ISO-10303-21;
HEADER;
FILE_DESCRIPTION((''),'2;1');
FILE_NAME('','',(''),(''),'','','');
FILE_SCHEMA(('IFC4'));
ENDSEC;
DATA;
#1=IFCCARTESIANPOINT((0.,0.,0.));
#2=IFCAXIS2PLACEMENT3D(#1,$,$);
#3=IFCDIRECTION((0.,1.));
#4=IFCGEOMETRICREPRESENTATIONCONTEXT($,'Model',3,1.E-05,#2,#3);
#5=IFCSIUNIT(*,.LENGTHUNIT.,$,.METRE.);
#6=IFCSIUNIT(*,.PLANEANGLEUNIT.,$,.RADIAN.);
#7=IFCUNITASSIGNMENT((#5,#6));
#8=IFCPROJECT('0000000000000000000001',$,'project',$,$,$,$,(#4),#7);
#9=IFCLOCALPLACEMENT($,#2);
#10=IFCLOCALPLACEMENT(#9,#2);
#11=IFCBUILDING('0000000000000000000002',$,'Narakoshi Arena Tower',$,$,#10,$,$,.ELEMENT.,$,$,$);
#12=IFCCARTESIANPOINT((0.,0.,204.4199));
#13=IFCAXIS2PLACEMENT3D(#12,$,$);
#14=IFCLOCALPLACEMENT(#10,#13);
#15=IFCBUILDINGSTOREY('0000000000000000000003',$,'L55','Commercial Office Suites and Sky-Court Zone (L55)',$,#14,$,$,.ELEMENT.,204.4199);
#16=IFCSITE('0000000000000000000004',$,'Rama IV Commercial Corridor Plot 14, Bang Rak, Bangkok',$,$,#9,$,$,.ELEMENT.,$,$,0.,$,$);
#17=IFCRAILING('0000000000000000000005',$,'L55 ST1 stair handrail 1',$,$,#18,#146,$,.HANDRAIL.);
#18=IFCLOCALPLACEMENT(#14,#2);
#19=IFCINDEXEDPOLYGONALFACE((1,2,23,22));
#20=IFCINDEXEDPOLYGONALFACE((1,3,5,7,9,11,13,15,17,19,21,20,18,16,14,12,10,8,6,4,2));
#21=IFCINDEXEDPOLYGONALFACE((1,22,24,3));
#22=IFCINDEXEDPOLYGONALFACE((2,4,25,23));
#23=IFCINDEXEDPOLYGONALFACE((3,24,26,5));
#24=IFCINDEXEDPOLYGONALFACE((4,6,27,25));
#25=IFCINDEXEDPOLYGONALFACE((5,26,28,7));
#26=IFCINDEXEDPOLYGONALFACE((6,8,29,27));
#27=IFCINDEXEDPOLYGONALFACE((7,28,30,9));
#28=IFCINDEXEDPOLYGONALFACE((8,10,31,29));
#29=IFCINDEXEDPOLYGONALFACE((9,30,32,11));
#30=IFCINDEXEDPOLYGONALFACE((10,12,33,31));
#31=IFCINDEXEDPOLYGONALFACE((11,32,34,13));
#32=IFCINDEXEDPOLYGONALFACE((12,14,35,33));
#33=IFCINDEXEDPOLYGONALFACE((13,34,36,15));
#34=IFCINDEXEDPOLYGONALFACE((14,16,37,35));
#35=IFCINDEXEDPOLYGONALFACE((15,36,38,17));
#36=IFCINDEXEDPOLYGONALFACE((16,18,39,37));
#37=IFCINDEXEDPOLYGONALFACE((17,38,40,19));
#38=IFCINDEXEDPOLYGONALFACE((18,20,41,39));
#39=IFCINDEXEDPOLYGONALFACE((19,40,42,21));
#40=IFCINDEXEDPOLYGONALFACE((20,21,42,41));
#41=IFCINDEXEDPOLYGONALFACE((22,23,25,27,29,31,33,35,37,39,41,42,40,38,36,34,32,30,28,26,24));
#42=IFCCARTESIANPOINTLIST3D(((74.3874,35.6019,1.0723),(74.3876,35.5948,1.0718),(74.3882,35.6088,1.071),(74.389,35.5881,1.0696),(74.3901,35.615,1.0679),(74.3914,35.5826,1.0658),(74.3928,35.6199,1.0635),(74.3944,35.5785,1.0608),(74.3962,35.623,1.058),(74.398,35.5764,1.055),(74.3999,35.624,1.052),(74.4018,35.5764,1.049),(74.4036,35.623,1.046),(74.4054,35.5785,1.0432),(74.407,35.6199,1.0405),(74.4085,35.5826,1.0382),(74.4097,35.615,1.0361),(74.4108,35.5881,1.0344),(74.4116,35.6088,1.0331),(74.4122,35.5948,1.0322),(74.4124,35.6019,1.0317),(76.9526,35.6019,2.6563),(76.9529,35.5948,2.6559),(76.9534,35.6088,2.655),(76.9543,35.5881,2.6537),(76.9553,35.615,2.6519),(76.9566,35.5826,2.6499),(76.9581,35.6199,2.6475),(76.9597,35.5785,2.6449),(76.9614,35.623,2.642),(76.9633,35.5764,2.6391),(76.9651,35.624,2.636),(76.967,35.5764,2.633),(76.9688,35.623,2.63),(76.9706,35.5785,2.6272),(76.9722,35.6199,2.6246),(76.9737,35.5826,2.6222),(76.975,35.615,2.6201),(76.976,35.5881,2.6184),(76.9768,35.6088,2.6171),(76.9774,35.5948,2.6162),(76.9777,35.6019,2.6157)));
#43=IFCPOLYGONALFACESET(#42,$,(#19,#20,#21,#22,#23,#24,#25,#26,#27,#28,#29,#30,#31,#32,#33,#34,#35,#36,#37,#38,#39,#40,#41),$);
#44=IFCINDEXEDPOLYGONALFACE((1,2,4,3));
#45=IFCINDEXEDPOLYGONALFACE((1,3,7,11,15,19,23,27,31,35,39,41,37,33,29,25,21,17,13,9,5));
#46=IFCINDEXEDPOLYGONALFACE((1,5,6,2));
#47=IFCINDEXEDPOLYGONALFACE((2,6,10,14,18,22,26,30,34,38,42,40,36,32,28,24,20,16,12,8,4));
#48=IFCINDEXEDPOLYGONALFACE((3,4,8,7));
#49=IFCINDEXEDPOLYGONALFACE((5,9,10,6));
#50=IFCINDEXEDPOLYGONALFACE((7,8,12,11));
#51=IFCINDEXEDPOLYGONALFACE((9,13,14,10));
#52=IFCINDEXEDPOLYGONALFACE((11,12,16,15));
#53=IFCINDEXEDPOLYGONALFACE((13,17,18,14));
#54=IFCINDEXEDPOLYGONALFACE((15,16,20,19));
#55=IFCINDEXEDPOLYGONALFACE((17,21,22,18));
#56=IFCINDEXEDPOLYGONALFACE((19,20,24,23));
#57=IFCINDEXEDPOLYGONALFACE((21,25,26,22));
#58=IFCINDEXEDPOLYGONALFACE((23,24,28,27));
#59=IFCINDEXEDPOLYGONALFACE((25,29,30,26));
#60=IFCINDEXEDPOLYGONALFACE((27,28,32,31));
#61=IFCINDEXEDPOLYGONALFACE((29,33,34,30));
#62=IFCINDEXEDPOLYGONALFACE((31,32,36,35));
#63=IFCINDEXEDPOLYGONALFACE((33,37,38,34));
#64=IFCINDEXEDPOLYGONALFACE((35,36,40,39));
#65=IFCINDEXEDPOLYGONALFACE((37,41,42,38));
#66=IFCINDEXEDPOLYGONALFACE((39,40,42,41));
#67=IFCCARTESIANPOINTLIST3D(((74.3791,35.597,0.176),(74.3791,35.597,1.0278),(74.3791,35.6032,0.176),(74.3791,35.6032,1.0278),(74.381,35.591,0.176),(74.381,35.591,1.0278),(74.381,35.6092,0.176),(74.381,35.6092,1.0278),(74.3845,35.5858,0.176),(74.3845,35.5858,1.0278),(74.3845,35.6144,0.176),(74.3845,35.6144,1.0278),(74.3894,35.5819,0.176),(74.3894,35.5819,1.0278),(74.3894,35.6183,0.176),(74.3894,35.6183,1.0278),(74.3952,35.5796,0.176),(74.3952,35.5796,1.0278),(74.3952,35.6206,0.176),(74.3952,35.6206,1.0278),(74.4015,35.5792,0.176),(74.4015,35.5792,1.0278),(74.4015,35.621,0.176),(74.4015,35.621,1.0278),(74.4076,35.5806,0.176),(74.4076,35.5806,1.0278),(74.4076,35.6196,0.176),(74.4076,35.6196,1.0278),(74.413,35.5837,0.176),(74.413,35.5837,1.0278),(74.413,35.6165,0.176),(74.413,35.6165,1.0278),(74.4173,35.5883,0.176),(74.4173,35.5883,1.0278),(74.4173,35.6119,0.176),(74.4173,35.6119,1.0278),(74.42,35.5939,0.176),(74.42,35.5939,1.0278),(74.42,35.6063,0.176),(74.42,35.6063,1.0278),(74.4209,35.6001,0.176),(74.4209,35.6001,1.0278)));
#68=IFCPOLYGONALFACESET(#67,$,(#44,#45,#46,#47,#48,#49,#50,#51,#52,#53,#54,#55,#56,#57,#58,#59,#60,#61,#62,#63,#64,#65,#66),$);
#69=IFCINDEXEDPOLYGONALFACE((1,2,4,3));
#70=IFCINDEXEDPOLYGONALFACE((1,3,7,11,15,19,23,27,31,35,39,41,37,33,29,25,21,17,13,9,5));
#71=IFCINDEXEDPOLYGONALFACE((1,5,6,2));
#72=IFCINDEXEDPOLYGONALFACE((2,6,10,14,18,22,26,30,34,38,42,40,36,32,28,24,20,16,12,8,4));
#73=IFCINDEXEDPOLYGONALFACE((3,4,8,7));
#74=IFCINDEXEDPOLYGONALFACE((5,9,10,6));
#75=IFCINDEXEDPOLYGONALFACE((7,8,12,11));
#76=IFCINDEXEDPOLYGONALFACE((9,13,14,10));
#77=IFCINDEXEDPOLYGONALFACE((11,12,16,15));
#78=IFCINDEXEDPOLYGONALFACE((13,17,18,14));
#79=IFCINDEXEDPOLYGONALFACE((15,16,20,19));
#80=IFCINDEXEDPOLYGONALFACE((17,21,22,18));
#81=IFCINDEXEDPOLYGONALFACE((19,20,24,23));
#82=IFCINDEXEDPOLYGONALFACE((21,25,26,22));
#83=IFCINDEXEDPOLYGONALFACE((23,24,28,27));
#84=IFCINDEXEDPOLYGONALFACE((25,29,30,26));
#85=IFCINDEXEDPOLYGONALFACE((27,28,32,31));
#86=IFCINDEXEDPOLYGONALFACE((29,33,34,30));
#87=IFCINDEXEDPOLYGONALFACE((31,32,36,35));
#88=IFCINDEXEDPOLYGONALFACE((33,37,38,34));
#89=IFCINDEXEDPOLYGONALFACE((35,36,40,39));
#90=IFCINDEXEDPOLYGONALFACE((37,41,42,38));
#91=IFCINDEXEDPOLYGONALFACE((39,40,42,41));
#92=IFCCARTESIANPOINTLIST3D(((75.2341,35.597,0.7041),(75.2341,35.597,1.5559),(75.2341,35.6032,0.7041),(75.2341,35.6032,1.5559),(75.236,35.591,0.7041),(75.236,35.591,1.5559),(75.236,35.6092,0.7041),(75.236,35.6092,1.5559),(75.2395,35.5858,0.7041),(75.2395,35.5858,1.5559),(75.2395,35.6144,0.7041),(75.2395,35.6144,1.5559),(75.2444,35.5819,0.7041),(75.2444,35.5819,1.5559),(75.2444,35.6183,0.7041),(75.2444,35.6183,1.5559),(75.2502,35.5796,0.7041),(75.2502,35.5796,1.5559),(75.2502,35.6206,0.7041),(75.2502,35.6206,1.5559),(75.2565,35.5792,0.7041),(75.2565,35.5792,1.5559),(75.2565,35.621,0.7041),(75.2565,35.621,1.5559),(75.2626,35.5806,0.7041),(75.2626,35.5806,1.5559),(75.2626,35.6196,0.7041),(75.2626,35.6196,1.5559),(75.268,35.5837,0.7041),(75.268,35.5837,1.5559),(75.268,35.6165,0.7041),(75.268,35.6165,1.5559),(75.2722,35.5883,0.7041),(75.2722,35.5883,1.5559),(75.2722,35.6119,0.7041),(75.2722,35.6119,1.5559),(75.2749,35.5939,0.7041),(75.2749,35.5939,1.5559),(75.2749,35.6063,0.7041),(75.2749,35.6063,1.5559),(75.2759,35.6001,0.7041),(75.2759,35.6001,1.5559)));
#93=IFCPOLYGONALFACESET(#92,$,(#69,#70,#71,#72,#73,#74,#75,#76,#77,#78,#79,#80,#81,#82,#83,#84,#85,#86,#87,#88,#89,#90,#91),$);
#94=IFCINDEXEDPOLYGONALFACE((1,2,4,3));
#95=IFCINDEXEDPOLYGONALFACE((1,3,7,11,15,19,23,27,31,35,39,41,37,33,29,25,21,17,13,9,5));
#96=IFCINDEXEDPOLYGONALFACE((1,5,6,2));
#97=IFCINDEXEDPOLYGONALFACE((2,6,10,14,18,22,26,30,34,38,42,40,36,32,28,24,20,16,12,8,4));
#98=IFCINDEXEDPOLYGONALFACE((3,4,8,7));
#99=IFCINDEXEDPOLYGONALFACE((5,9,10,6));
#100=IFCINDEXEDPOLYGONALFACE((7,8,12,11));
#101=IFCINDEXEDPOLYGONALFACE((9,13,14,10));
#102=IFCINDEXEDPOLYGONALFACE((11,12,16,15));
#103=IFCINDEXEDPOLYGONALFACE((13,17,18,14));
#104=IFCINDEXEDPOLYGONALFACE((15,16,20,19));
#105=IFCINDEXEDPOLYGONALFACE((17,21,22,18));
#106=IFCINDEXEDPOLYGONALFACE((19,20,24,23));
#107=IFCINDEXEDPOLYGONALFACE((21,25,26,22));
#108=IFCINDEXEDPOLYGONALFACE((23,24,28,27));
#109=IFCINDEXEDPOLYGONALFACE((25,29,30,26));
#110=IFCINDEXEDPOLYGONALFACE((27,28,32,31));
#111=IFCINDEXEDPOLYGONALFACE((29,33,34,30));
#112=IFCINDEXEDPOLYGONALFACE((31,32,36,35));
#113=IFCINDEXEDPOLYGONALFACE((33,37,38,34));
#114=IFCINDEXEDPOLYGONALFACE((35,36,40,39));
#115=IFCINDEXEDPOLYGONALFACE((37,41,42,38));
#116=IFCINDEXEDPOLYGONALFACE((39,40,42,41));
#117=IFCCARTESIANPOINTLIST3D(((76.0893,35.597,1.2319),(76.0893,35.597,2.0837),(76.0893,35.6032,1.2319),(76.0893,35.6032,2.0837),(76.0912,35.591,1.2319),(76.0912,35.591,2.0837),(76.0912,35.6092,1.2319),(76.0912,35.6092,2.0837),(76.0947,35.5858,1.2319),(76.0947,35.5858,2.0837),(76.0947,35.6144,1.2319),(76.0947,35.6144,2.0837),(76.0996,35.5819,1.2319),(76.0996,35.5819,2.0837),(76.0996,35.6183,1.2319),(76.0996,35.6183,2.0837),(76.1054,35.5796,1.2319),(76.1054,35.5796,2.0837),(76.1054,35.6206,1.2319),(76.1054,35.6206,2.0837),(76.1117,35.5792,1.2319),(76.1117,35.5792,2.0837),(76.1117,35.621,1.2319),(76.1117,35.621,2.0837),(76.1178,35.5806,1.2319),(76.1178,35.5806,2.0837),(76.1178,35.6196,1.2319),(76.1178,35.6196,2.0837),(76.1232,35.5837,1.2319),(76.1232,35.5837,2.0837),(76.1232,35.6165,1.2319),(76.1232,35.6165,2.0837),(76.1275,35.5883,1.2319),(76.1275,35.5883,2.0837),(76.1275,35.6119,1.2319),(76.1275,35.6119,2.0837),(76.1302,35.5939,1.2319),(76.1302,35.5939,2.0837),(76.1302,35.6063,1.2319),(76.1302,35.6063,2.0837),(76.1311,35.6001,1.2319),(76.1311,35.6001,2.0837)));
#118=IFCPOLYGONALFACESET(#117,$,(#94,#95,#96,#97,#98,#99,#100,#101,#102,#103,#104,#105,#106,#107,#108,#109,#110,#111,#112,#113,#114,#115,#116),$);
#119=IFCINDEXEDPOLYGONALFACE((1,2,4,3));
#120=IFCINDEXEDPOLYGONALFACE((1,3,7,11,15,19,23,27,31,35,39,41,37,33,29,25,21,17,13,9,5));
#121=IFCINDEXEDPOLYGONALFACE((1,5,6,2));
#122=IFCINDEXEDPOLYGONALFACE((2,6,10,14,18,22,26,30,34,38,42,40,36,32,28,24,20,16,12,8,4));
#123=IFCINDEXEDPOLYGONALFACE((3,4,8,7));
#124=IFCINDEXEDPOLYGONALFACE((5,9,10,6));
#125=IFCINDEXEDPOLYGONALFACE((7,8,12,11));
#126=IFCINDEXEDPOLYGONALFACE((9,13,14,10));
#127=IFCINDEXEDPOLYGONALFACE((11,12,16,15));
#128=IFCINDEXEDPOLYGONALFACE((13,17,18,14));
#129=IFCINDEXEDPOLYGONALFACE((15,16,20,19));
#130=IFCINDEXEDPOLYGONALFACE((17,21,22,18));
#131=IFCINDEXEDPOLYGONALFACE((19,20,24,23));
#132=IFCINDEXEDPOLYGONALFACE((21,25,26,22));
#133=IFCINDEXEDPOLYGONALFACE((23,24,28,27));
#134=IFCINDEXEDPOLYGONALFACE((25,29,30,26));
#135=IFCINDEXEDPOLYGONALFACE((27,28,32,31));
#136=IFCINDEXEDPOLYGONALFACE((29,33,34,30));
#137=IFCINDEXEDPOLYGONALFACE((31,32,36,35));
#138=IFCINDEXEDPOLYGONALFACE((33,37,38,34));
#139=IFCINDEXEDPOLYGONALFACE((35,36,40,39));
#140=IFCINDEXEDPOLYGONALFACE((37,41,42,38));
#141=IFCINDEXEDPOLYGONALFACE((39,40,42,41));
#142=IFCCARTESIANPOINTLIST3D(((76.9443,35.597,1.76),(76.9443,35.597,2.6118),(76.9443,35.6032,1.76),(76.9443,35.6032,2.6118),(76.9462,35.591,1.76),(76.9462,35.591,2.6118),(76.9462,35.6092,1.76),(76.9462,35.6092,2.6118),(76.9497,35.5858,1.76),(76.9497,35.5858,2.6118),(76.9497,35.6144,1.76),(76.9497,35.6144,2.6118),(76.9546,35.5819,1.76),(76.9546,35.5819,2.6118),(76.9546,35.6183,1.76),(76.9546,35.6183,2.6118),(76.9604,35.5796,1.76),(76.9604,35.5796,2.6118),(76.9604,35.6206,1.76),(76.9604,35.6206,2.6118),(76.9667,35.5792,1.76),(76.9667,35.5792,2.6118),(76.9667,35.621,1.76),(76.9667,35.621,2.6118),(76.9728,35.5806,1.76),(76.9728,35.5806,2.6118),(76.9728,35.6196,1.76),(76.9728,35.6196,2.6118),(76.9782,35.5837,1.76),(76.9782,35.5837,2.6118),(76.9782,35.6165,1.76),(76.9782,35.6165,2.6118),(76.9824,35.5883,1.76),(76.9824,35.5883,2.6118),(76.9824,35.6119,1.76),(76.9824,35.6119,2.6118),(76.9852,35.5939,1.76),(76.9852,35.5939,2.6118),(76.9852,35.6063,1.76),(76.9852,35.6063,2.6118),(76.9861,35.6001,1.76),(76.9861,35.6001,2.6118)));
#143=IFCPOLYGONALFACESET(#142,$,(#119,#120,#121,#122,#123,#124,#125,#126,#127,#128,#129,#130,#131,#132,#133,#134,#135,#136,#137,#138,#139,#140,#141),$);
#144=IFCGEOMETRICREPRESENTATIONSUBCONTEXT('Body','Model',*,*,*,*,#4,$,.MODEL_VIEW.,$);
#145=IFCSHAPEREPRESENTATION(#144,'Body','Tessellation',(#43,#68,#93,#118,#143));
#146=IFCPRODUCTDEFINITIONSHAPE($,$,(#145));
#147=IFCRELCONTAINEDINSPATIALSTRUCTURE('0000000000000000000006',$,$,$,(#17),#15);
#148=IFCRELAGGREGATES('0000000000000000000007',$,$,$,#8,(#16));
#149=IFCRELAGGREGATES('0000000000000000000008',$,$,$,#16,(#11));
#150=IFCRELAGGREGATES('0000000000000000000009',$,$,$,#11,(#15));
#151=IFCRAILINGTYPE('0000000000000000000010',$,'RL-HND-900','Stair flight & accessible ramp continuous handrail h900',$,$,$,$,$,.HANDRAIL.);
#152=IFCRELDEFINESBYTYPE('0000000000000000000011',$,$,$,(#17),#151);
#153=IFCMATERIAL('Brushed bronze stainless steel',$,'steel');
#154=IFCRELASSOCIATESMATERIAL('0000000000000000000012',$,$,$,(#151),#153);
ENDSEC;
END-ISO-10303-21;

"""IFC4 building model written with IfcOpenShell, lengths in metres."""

from ifc_helpers import new_model, si_unit, direction, frame, origin, origin_2d, place, context, subcontext, project, spatial, circle, extrude, material, type_object, element, save


model = new_model("IFC4")

# Units and contexts
model_context = context("Model", 3, precision=1e-05, world=origin(), true_north=direction((0.0, 1.0)))
body_context = subcontext(model_context, "Body", "Model", "MODEL_VIEW")
ifc_project = project(units=[si_unit("LENGTHUNIT", "METRE"), si_unit("PLANEANGLEUNIT", "RADIAN")], contexts=[model_context])

# Site, building, storey
site_placement = place(None, origin())
site = spatial("IfcSite", under=ifc_project, at=site_placement, Name="Rama IV Commercial Corridor Plot 14, Bang Rak, Bangkok", CompositionType="ELEMENT", RefElevation=0.0)
building_placement = place(site_placement, origin())
building = spatial("IfcBuilding", under=site, at=building_placement, Name="Narakoshi Arena Tower", CompositionType="ELEMENT")
storey_placement = place(building_placement, frame((0.0, 0.0, 204.4199)))
storey = spatial("IfcBuildingStorey", under=building, at=storey_placement, Name="L55", Description="Commercial Office Suites and Sky-Court Zone (L55)", CompositionType="ELEMENT", Elevation=204.4199)

# Railing
ifc_material_1 = material(Name="Brushed bronze stainless steel", Category="steel")
railing_type_1 = type_object("IfcRailingType", Name="RL-HND-900", Description="Stair flight & accessible ramp continuous handrail h900", PredefinedType="HANDRAIL", material=ifc_material_1)
railing_1_placement = place(storey_placement, frame((74.3999, 35.6001, 0.176)))
element("IfcRailing", 1, at=railing_1_placement, inside=storey, type_object=railing_type_1, Name="L55 ST1 stair handrail 1", PredefinedType="HANDRAIL", context=body_context, shape_type="SweptSolid", body=[
    extrude(circle(Radius=0.0239, at=origin_2d()), frame((0.0, 0.0, 0.876), z_axis=(0.850857, 0.0, 0.525398), x_axis=(0.0, 1.0, 0.0)), (0.0, 0.0, 1.0), 3.0149),
    extrude(circle(Radius=0.021, at=origin_2d()), origin(), (0.0, 0.0, 1.0), 0.8518),
    extrude(circle(Radius=0.021, at=origin_2d()), frame((0.855, 0.0, 0.5281)), (0.0, 0.0, 1.0), 0.8518),
    extrude(circle(Radius=0.021, at=origin_2d()), frame((1.7102, 0.0, 1.0559)), (0.0, 0.0, 1.0), 0.8518),
    extrude(circle(Radius=0.021, at=origin_2d()), frame((2.5652, 0.0, 1.584)), (0.0, 0.0, 1.0), 0.8518),
])

save(model, "model.ifc")
